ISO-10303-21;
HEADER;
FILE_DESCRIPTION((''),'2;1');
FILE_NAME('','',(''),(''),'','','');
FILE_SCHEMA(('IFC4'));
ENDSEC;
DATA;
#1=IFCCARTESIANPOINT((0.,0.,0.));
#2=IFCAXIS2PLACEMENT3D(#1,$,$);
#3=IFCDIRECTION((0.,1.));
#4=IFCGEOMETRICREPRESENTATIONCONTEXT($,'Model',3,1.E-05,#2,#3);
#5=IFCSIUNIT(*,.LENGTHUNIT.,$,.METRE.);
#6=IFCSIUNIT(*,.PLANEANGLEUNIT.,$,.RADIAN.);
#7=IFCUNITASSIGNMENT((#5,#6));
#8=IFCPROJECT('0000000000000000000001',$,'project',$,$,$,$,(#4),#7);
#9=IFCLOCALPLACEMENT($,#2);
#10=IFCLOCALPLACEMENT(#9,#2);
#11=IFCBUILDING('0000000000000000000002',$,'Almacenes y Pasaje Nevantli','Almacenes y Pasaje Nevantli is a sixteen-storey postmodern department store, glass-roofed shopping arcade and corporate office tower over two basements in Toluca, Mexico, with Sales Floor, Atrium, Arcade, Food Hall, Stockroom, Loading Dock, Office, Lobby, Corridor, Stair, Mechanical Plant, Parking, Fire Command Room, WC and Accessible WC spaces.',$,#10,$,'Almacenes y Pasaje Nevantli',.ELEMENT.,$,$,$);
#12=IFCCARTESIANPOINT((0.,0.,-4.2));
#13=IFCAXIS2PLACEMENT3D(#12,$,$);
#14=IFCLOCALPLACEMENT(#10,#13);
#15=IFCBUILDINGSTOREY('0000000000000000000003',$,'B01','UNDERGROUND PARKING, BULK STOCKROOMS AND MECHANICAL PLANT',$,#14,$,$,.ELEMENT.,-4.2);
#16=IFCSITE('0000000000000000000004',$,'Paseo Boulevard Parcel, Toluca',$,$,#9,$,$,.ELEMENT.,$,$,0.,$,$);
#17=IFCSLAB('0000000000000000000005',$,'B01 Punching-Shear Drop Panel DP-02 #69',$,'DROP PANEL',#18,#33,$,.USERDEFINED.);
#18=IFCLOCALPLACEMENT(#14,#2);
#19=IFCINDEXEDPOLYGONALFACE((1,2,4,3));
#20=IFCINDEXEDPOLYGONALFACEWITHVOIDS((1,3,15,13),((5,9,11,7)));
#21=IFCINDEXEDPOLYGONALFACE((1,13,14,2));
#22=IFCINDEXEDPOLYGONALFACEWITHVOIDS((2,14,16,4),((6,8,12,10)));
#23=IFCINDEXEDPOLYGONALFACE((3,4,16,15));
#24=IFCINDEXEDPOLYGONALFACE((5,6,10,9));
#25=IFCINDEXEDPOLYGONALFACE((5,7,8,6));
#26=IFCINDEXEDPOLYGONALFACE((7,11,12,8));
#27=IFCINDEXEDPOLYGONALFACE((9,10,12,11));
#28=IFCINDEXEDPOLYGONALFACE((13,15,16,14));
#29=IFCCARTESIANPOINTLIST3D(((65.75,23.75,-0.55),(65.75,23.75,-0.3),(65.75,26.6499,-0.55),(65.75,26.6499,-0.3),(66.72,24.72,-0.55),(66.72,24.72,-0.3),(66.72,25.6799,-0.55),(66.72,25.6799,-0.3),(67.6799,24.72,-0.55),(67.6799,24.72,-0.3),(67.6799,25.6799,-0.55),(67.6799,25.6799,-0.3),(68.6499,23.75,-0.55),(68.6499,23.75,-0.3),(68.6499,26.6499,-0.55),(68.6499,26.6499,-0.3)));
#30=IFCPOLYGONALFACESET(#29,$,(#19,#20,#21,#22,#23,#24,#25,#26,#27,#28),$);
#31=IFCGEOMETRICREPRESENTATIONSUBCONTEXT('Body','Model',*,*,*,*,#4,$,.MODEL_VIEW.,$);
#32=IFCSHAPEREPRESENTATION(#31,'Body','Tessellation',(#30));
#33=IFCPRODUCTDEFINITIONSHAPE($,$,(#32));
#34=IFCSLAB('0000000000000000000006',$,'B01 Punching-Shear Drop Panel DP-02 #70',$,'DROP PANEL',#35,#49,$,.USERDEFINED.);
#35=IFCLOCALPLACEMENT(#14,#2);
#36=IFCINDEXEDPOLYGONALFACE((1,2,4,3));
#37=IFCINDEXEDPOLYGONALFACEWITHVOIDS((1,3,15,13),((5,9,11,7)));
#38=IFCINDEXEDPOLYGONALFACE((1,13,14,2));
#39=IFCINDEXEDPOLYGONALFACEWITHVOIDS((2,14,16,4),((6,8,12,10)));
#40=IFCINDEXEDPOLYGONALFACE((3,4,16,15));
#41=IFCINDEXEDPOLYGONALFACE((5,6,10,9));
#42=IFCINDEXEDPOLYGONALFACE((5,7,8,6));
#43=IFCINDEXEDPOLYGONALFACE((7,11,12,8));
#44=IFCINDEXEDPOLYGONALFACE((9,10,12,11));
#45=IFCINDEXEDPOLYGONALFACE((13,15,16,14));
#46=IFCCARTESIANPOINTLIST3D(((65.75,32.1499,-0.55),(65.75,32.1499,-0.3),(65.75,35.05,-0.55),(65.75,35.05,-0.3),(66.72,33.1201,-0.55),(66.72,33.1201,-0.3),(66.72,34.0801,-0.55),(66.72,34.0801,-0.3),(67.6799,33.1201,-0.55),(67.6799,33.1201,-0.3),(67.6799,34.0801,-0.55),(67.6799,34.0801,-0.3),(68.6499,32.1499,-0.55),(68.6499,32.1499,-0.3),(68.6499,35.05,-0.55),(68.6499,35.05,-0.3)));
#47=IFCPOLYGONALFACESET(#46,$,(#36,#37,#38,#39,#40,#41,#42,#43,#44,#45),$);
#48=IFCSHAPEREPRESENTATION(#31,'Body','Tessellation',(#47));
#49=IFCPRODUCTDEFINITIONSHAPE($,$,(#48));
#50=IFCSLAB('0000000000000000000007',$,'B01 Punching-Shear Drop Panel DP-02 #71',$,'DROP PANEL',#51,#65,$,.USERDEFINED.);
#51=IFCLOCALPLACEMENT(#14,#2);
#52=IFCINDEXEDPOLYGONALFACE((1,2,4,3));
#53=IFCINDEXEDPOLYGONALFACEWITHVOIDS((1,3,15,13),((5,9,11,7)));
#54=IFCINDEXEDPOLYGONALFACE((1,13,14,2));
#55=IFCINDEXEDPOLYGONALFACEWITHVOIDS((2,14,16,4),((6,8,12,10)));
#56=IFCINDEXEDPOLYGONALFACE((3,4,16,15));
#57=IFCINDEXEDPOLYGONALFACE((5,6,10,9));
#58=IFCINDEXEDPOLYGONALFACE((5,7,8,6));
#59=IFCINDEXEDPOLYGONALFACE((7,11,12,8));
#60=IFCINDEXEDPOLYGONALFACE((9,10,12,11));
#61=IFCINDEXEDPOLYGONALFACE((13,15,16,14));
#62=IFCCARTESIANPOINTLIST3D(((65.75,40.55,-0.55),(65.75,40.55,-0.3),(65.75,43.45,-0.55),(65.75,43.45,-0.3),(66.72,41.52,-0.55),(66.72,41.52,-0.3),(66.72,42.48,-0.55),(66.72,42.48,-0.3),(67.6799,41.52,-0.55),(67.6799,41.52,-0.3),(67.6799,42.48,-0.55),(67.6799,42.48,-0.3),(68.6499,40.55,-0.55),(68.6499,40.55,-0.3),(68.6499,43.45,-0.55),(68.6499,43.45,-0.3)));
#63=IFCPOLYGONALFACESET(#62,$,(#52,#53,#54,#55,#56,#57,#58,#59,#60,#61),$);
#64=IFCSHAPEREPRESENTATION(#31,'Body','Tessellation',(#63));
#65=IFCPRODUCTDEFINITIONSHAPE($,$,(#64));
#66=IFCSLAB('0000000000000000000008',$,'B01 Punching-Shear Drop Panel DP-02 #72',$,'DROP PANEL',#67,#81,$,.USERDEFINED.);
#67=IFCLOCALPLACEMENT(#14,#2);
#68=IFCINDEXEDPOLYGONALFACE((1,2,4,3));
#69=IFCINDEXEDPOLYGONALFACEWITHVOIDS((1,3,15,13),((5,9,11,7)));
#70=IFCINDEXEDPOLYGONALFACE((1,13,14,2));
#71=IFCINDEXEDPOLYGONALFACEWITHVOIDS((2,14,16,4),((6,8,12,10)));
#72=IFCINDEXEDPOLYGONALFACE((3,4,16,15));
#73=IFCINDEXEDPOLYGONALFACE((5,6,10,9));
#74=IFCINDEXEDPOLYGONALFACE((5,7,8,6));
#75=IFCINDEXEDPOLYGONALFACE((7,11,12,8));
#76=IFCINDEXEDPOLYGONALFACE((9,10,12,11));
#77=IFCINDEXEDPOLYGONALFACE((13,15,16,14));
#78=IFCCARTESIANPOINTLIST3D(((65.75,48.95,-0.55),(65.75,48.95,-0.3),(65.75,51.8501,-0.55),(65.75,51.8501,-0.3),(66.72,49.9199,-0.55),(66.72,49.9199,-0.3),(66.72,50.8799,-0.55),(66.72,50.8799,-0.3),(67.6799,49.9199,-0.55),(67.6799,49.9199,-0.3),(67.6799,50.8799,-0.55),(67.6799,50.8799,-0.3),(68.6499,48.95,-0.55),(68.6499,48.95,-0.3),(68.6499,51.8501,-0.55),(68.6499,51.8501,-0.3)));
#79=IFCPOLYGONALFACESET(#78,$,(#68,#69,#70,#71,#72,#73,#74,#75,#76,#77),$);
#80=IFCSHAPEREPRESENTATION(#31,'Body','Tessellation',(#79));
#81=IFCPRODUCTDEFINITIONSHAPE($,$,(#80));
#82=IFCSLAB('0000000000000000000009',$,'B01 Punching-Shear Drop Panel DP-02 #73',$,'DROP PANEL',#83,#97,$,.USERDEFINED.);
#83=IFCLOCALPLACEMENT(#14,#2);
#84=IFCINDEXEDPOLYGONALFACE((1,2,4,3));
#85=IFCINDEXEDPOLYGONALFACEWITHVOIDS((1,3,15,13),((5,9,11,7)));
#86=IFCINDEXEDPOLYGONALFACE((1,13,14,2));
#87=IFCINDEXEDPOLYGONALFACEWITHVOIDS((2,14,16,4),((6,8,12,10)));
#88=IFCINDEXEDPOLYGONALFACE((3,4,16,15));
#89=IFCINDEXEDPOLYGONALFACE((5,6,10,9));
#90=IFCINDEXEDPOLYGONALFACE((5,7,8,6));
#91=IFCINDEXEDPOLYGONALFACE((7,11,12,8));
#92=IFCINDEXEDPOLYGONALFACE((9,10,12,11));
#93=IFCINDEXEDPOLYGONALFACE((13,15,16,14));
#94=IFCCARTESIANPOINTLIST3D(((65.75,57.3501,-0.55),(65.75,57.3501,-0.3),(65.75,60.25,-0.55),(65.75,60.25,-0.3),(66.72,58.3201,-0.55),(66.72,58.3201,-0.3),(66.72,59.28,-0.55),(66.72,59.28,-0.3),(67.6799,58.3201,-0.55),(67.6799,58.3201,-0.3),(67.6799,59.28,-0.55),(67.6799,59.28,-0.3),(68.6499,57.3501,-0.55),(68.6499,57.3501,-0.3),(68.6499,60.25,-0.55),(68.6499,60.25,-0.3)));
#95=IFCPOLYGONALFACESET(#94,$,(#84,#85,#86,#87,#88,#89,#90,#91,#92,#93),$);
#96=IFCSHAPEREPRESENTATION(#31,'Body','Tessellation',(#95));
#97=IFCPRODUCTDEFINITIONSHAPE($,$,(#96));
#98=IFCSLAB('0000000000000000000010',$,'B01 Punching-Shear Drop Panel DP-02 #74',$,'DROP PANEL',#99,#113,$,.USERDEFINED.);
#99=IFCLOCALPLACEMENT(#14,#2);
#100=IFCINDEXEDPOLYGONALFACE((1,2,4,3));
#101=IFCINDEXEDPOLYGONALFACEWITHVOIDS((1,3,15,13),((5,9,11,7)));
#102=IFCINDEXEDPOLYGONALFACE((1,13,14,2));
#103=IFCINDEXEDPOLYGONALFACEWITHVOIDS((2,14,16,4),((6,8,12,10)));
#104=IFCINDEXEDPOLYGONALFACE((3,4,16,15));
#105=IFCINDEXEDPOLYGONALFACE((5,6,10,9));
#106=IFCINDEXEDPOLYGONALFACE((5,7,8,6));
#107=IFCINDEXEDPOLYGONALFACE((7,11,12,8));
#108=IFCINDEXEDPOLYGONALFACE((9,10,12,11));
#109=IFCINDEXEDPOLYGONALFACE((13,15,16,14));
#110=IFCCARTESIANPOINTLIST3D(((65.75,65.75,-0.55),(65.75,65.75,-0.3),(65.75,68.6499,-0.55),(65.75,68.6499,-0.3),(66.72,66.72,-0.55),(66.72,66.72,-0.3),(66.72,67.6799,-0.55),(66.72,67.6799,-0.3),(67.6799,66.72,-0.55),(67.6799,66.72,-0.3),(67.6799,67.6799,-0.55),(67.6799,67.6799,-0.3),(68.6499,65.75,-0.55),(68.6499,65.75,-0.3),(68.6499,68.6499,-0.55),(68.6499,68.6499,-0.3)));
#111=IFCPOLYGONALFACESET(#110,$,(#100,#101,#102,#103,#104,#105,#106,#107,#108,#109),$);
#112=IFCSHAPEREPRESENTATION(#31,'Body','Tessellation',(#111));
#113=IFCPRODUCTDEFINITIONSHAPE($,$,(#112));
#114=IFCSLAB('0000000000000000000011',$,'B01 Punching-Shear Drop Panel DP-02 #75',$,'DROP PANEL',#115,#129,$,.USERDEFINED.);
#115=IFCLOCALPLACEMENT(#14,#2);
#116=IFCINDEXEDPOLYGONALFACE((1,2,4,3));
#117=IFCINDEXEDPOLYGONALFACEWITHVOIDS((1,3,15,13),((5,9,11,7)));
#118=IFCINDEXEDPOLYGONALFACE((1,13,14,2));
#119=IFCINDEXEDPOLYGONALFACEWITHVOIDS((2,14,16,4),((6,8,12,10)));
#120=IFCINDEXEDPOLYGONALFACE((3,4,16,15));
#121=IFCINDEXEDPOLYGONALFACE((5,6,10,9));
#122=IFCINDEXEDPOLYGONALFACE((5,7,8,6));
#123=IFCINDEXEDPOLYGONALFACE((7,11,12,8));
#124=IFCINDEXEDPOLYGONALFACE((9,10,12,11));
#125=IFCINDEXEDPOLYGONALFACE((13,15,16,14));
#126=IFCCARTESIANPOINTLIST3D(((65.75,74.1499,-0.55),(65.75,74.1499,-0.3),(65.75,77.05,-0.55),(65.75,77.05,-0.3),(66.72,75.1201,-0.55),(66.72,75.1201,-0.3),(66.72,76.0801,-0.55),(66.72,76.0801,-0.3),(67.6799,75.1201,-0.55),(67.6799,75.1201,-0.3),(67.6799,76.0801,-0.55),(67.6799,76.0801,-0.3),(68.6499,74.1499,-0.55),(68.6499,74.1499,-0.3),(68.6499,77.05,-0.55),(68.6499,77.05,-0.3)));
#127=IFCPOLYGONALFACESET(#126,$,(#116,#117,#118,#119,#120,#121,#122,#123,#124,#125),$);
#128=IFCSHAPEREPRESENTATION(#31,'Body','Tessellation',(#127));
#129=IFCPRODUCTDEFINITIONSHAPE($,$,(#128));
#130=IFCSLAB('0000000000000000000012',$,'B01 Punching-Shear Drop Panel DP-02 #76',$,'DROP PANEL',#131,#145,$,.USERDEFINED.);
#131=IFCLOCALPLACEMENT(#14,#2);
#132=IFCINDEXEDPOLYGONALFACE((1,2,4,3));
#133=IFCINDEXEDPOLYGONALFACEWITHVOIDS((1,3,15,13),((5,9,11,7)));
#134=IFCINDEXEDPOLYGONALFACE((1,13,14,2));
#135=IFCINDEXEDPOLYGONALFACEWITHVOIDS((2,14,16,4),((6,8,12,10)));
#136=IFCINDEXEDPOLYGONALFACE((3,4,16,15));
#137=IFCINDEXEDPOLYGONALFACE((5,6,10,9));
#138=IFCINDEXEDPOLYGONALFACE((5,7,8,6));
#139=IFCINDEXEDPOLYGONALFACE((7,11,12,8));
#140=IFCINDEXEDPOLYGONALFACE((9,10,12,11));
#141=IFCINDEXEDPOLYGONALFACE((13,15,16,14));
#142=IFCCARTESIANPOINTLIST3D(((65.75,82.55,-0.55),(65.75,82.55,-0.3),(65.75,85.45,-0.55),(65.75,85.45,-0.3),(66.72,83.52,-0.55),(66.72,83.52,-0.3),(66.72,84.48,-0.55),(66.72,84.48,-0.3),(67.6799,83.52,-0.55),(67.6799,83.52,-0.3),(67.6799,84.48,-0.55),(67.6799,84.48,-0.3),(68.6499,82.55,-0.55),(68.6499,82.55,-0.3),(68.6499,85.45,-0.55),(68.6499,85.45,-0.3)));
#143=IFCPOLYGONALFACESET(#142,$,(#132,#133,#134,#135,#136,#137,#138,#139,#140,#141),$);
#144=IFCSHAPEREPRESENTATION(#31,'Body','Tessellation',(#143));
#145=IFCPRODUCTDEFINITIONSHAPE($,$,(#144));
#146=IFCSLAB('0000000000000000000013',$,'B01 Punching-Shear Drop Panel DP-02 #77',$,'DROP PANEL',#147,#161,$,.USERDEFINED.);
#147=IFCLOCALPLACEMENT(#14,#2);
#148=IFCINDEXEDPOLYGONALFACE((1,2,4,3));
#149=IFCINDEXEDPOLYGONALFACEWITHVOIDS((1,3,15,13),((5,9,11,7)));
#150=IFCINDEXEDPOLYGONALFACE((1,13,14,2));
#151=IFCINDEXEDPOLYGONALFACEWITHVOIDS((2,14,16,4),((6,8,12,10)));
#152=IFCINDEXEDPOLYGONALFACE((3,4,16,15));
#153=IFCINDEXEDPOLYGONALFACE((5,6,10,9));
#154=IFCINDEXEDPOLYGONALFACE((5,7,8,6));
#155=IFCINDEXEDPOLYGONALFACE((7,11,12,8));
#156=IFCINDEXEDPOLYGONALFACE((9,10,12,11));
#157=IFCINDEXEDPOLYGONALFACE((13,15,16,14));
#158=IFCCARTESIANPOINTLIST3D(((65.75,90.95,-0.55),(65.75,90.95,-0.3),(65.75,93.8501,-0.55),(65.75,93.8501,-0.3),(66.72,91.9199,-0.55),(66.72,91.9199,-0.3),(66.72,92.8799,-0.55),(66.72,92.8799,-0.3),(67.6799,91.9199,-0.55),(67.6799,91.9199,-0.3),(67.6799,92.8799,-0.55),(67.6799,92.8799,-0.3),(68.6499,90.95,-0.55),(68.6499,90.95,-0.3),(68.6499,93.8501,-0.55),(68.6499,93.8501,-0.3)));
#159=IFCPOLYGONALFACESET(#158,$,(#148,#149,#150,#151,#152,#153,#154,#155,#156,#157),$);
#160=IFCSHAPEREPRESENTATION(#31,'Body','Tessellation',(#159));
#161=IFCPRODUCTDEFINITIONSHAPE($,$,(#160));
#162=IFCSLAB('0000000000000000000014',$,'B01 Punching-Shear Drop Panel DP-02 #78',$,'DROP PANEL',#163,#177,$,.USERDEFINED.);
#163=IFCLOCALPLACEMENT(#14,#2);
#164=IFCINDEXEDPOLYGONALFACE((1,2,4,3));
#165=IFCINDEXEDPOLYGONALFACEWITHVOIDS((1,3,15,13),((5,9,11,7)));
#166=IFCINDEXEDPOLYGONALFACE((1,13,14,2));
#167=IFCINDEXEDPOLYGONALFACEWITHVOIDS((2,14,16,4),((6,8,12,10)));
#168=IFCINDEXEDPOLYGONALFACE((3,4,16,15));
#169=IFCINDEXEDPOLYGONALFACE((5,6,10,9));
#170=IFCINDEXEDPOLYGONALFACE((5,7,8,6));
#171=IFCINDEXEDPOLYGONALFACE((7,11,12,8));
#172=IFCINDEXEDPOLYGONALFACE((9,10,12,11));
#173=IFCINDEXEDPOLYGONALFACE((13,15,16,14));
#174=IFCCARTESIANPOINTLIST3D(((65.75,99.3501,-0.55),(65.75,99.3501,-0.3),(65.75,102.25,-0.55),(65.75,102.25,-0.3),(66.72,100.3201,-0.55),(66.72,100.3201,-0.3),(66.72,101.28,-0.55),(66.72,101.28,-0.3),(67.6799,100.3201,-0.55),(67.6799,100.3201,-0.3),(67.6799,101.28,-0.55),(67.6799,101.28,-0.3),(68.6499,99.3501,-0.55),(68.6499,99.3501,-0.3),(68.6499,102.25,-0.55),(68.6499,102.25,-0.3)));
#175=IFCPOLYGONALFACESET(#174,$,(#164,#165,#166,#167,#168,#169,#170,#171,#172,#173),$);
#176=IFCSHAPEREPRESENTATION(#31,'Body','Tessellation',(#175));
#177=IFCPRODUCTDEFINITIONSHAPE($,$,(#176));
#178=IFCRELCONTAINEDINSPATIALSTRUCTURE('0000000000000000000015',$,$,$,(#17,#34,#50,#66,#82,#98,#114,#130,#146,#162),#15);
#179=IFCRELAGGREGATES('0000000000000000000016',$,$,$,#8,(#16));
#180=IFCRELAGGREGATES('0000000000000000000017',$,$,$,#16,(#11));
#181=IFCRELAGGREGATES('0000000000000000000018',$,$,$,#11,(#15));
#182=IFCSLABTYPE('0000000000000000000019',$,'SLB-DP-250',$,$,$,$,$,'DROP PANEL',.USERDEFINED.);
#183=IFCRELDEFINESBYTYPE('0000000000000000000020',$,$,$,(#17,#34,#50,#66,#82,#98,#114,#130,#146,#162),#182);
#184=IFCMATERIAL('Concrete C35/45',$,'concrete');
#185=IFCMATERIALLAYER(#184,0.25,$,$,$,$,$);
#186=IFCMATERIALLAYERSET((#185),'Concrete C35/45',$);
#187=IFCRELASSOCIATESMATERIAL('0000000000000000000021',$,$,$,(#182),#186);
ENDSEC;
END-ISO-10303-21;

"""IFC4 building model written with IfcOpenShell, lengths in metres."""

from ifc_helpers import new_model, si_unit, direction, frame, origin, place, context, subcontext, project, spatial, polyline, outline, extrude, material, layer, layer_set, type_object, element, save


model = new_model("IFC4")

# Units and contexts
model_context = context("Model", 3, precision=1e-05, world=origin(), true_north=direction((0.0, 1.0)))
body_context = subcontext(model_context, "Body", "Model", "MODEL_VIEW")
ifc_project = project(units=[si_unit("LENGTHUNIT", "METRE"), si_unit("PLANEANGLEUNIT", "RADIAN")], contexts=[model_context])

# Site, building, storey
site_placement = place(None, origin())
site = spatial("IfcSite", under=ifc_project, at=site_placement, Name="Paseo Boulevard Parcel, Toluca", CompositionType="ELEMENT", RefElevation=0.0)
building_placement = place(site_placement, origin())
building = spatial("IfcBuilding", under=site, at=building_placement, Name="Almacenes y Pasaje Nevantli", Description="Almacenes y Pasaje Nevantli is a sixteen-storey postmodern department store, glass-roofed shopping arcade and corporate office tower over two basements in Toluca, Mexico, with Sales Floor, Atrium, Arcade, Food Hall, Stockroom, Loading Dock, Office, Lobby, Corridor, Stair, Mechanical Plant, Parking, Fire Command Room, WC and Accessible WC spaces.", LongName="Almacenes y Pasaje Nevantli", CompositionType="ELEMENT")
storey_placement = place(building_placement, frame((0.0, 0.0, -4.2)))
storey = spatial("IfcBuildingStorey", under=building, at=storey_placement, Name="B01", Description="UNDERGROUND PARKING, BULK STOCKROOMS AND MECHANICAL PLANT", CompositionType="ELEMENT", Elevation=-4.2)

# Slabs
ifc_material_1 = material(Name="Concrete C35/45", Category="concrete")
ifc_layer_1 = layer(ifc_material_1, 0.25)
ifc_layer_set_1 = layer_set([ifc_layer_1], Name="Concrete C35/45")
slab_type_1 = type_object("IfcSlabType", Name="SLB-DP-250", ElementType="DROP PANEL", PredefinedType="USERDEFINED", material=ifc_layer_set_1)
slab_1_placement = place(storey_placement, frame((0.0, 0.0, -0.55)))
element("IfcSlab", 1, at=slab_1_placement, inside=storey, type_object=slab_type_1, Name="B01 Punching-Shear Drop Panel DP-02 #69", ObjectType="DROP PANEL", PredefinedType="USERDEFINED", context=body_context, shape_type="SweptSolid", body=[
    extrude(outline(polyline([(65.75, 23.75), (68.6499, 23.75), (68.6499, 26.6499), (65.75, 26.6499), (65.75, 23.75)]), holes=[polyline([(66.72, 24.72), (67.6799, 24.72), (67.6799, 25.6799), (66.72, 25.6799), (66.72, 24.72)])]), origin(), (0.0, 0.0, 1.0), 0.25),
])
slab_2_placement = place(storey_placement, frame((0.0, 0.0, -0.55)))
element("IfcSlab", 2, at=slab_2_placement, inside=storey, type_object=slab_type_1, Name="B01 Punching-Shear Drop Panel DP-02 #70", ObjectType="DROP PANEL", PredefinedType="USERDEFINED", context=body_context, shape_type="SweptSolid", body=[
    extrude(outline(polyline([(65.75, 32.1499), (68.6499, 32.1499), (68.6499, 35.05), (65.75, 35.05), (65.75, 32.1499)]), holes=[polyline([(66.72, 33.1201), (67.6799, 33.1201), (67.6799, 34.0801), (66.72, 34.0801), (66.72, 33.1201)])]), origin(), (0.0, 0.0, 1.0), 0.25),
])
slab_3_placement = place(storey_placement, frame((0.0, 0.0, -0.55)))
element("IfcSlab", 3, at=slab_3_placement, inside=storey, type_object=slab_type_1, Name="B01 Punching-Shear Drop Panel DP-02 #71", ObjectType="DROP PANEL", PredefinedType="USERDEFINED", context=body_context, shape_type="SweptSolid", body=[
    extrude(outline(polyline([(65.75, 40.55), (68.6499, 40.55), (68.6499, 43.45), (65.75, 43.45), (65.75, 40.55)]), holes=[polyline([(66.72, 41.52), (67.6799, 41.52), (67.6799, 42.48), (66.72, 42.48), (66.72, 41.52)])]), origin(), (0.0, 0.0, 1.0), 0.25),
])
slab_4_placement = place(storey_placement, frame((0.0, 0.0, -0.55)))
element("IfcSlab", 4, at=slab_4_placement, inside=storey, type_object=slab_type_1, Name="B01 Punching-Shear Drop Panel DP-02 #72", ObjectType="DROP PANEL", PredefinedType="USERDEFINED", context=body_context, shape_type="SweptSolid", body=[
    extrude(outline(polyline([(65.75, 48.95), (68.6499, 48.95), (68.6499, 51.8501), (65.75, 51.8501), (65.75, 48.95)]), holes=[polyline([(66.72, 49.9199), (67.6799, 49.9199), (67.6799, 50.8799), (66.72, 50.8799), (66.72, 49.9199)])]), origin(), (0.0, 0.0, 1.0), 0.25),
])
slab_5_placement = place(storey_placement, frame((0.0, 0.0, -0.55)))
element("IfcSlab", 5, at=slab_5_placement, inside=storey, type_object=slab_type_1, Name="B01 Punching-Shear Drop Panel DP-02 #73", ObjectType="DROP PANEL", PredefinedType="USERDEFINED", context=body_context, shape_type="SweptSolid", body=[
    extrude(outline(polyline([(65.75, 57.3501), (68.6499, 57.3501), (68.6499, 60.25), (65.75, 60.25), (65.75, 57.3501)]), holes=[polyline([(66.72, 58.3201), (67.6799, 58.3201), (67.6799, 59.28), (66.72, 59.28), (66.72, 58.3201)])]), origin(), (0.0, 0.0, 1.0), 0.25),
])
slab_6_placement = place(storey_placement, frame((0.0, 0.0, -0.55)))
element("IfcSlab", 6, at=slab_6_placement, inside=storey, type_object=slab_type_1, Name="B01 Punching-Shear Drop Panel DP-02 #74", ObjectType="DROP PANEL", PredefinedType="USERDEFINED", context=body_context, shape_type="SweptSolid", body=[
    extrude(outline(polyline([(65.75, 65.75), (68.6499, 65.75), (68.6499, 68.6499), (65.75, 68.6499), (65.75, 65.75)]), holes=[polyline([(66.72, 66.72), (67.6799, 66.72), (67.6799, 67.6799), (66.72, 67.6799), (66.72, 66.72)])]), origin(), (0.0, 0.0, 1.0), 0.25),
])
slab_7_placement = place(storey_placement, frame((0.0, 0.0, -0.55)))
element("IfcSlab", 7, at=slab_7_placement, inside=storey, type_object=slab_type_1, Name="B01 Punching-Shear Drop Panel DP-02 #75", ObjectType="DROP PANEL", PredefinedType="USERDEFINED", context=body_context, shape_type="SweptSolid", body=[
    extrude(outline(polyline([(65.75, 74.1499), (68.6499, 74.1499), (68.6499, 77.05), (65.75, 77.05), (65.75, 74.1499)]), holes=[polyline([(66.72, 75.1201), (67.6799, 75.1201), (67.6799, 76.0801), (66.72, 76.0801), (66.72, 75.1201)])]), origin(), (0.0, 0.0, 1.0), 0.25),
])
slab_8_placement = place(storey_placement, frame((0.0, 0.0, -0.55)))
element("IfcSlab", 8, at=slab_8_placement, inside=storey, type_object=slab_type_1, Name="B01 Punching-Shear Drop Panel DP-02 #76", ObjectType="DROP PANEL", PredefinedType="USERDEFINED", context=body_context, shape_type="SweptSolid", body=[
    extrude(outline(polyline([(65.75, 82.55), (68.6499, 82.55), (68.6499, 85.45), (65.75, 85.45), (65.75, 82.55)]), holes=[polyline([(66.72, 83.52), (67.6799, 83.52), (67.6799, 84.48), (66.72, 84.48), (66.72, 83.52)])]), origin(), (0.0, 0.0, 1.0), 0.25),
])
slab_9_placement = place(storey_placement, frame((0.0, 0.0, -0.55)))
element("IfcSlab", 9, at=slab_9_placement, inside=storey, type_object=slab_type_1, Name="B01 Punching-Shear Drop Panel DP-02 #77", ObjectType="DROP PANEL", PredefinedType="USERDEFINED", context=body_context, shape_type="SweptSolid", body=[
    extrude(outline(polyline([(65.75, 90.95), (68.6499, 90.95), (68.6499, 93.8501), (65.75, 93.8501), (65.75, 90.95)]), holes=[polyline([(66.72, 91.9199), (67.6799, 91.9199), (67.6799, 92.8799), (66.72, 92.8799), (66.72, 91.9199)])]), origin(), (0.0, 0.0, 1.0), 0.25),
])
slab_10_placement = place(storey_placement, frame((0.0, 0.0, -0.55)))
element("IfcSlab", 10, at=slab_10_placement, inside=storey, type_object=slab_type_1, Name="B01 Punching-Shear Drop Panel DP-02 #78", ObjectType="DROP PANEL", PredefinedType="USERDEFINED", context=body_context, shape_type="SweptSolid", body=[
    extrude(outline(polyline([(65.75, 99.3501), (68.6499, 99.3501), (68.6499, 102.25), (65.75, 102.25), (65.75, 99.3501)]), holes=[polyline([(66.72, 100.3201), (67.6799, 100.3201), (67.6799, 101.28), (66.72, 101.28), (66.72, 100.3201)])]), origin(), (0.0, 0.0, 1.0), 0.25),
])

save(model, "model.ifc")
